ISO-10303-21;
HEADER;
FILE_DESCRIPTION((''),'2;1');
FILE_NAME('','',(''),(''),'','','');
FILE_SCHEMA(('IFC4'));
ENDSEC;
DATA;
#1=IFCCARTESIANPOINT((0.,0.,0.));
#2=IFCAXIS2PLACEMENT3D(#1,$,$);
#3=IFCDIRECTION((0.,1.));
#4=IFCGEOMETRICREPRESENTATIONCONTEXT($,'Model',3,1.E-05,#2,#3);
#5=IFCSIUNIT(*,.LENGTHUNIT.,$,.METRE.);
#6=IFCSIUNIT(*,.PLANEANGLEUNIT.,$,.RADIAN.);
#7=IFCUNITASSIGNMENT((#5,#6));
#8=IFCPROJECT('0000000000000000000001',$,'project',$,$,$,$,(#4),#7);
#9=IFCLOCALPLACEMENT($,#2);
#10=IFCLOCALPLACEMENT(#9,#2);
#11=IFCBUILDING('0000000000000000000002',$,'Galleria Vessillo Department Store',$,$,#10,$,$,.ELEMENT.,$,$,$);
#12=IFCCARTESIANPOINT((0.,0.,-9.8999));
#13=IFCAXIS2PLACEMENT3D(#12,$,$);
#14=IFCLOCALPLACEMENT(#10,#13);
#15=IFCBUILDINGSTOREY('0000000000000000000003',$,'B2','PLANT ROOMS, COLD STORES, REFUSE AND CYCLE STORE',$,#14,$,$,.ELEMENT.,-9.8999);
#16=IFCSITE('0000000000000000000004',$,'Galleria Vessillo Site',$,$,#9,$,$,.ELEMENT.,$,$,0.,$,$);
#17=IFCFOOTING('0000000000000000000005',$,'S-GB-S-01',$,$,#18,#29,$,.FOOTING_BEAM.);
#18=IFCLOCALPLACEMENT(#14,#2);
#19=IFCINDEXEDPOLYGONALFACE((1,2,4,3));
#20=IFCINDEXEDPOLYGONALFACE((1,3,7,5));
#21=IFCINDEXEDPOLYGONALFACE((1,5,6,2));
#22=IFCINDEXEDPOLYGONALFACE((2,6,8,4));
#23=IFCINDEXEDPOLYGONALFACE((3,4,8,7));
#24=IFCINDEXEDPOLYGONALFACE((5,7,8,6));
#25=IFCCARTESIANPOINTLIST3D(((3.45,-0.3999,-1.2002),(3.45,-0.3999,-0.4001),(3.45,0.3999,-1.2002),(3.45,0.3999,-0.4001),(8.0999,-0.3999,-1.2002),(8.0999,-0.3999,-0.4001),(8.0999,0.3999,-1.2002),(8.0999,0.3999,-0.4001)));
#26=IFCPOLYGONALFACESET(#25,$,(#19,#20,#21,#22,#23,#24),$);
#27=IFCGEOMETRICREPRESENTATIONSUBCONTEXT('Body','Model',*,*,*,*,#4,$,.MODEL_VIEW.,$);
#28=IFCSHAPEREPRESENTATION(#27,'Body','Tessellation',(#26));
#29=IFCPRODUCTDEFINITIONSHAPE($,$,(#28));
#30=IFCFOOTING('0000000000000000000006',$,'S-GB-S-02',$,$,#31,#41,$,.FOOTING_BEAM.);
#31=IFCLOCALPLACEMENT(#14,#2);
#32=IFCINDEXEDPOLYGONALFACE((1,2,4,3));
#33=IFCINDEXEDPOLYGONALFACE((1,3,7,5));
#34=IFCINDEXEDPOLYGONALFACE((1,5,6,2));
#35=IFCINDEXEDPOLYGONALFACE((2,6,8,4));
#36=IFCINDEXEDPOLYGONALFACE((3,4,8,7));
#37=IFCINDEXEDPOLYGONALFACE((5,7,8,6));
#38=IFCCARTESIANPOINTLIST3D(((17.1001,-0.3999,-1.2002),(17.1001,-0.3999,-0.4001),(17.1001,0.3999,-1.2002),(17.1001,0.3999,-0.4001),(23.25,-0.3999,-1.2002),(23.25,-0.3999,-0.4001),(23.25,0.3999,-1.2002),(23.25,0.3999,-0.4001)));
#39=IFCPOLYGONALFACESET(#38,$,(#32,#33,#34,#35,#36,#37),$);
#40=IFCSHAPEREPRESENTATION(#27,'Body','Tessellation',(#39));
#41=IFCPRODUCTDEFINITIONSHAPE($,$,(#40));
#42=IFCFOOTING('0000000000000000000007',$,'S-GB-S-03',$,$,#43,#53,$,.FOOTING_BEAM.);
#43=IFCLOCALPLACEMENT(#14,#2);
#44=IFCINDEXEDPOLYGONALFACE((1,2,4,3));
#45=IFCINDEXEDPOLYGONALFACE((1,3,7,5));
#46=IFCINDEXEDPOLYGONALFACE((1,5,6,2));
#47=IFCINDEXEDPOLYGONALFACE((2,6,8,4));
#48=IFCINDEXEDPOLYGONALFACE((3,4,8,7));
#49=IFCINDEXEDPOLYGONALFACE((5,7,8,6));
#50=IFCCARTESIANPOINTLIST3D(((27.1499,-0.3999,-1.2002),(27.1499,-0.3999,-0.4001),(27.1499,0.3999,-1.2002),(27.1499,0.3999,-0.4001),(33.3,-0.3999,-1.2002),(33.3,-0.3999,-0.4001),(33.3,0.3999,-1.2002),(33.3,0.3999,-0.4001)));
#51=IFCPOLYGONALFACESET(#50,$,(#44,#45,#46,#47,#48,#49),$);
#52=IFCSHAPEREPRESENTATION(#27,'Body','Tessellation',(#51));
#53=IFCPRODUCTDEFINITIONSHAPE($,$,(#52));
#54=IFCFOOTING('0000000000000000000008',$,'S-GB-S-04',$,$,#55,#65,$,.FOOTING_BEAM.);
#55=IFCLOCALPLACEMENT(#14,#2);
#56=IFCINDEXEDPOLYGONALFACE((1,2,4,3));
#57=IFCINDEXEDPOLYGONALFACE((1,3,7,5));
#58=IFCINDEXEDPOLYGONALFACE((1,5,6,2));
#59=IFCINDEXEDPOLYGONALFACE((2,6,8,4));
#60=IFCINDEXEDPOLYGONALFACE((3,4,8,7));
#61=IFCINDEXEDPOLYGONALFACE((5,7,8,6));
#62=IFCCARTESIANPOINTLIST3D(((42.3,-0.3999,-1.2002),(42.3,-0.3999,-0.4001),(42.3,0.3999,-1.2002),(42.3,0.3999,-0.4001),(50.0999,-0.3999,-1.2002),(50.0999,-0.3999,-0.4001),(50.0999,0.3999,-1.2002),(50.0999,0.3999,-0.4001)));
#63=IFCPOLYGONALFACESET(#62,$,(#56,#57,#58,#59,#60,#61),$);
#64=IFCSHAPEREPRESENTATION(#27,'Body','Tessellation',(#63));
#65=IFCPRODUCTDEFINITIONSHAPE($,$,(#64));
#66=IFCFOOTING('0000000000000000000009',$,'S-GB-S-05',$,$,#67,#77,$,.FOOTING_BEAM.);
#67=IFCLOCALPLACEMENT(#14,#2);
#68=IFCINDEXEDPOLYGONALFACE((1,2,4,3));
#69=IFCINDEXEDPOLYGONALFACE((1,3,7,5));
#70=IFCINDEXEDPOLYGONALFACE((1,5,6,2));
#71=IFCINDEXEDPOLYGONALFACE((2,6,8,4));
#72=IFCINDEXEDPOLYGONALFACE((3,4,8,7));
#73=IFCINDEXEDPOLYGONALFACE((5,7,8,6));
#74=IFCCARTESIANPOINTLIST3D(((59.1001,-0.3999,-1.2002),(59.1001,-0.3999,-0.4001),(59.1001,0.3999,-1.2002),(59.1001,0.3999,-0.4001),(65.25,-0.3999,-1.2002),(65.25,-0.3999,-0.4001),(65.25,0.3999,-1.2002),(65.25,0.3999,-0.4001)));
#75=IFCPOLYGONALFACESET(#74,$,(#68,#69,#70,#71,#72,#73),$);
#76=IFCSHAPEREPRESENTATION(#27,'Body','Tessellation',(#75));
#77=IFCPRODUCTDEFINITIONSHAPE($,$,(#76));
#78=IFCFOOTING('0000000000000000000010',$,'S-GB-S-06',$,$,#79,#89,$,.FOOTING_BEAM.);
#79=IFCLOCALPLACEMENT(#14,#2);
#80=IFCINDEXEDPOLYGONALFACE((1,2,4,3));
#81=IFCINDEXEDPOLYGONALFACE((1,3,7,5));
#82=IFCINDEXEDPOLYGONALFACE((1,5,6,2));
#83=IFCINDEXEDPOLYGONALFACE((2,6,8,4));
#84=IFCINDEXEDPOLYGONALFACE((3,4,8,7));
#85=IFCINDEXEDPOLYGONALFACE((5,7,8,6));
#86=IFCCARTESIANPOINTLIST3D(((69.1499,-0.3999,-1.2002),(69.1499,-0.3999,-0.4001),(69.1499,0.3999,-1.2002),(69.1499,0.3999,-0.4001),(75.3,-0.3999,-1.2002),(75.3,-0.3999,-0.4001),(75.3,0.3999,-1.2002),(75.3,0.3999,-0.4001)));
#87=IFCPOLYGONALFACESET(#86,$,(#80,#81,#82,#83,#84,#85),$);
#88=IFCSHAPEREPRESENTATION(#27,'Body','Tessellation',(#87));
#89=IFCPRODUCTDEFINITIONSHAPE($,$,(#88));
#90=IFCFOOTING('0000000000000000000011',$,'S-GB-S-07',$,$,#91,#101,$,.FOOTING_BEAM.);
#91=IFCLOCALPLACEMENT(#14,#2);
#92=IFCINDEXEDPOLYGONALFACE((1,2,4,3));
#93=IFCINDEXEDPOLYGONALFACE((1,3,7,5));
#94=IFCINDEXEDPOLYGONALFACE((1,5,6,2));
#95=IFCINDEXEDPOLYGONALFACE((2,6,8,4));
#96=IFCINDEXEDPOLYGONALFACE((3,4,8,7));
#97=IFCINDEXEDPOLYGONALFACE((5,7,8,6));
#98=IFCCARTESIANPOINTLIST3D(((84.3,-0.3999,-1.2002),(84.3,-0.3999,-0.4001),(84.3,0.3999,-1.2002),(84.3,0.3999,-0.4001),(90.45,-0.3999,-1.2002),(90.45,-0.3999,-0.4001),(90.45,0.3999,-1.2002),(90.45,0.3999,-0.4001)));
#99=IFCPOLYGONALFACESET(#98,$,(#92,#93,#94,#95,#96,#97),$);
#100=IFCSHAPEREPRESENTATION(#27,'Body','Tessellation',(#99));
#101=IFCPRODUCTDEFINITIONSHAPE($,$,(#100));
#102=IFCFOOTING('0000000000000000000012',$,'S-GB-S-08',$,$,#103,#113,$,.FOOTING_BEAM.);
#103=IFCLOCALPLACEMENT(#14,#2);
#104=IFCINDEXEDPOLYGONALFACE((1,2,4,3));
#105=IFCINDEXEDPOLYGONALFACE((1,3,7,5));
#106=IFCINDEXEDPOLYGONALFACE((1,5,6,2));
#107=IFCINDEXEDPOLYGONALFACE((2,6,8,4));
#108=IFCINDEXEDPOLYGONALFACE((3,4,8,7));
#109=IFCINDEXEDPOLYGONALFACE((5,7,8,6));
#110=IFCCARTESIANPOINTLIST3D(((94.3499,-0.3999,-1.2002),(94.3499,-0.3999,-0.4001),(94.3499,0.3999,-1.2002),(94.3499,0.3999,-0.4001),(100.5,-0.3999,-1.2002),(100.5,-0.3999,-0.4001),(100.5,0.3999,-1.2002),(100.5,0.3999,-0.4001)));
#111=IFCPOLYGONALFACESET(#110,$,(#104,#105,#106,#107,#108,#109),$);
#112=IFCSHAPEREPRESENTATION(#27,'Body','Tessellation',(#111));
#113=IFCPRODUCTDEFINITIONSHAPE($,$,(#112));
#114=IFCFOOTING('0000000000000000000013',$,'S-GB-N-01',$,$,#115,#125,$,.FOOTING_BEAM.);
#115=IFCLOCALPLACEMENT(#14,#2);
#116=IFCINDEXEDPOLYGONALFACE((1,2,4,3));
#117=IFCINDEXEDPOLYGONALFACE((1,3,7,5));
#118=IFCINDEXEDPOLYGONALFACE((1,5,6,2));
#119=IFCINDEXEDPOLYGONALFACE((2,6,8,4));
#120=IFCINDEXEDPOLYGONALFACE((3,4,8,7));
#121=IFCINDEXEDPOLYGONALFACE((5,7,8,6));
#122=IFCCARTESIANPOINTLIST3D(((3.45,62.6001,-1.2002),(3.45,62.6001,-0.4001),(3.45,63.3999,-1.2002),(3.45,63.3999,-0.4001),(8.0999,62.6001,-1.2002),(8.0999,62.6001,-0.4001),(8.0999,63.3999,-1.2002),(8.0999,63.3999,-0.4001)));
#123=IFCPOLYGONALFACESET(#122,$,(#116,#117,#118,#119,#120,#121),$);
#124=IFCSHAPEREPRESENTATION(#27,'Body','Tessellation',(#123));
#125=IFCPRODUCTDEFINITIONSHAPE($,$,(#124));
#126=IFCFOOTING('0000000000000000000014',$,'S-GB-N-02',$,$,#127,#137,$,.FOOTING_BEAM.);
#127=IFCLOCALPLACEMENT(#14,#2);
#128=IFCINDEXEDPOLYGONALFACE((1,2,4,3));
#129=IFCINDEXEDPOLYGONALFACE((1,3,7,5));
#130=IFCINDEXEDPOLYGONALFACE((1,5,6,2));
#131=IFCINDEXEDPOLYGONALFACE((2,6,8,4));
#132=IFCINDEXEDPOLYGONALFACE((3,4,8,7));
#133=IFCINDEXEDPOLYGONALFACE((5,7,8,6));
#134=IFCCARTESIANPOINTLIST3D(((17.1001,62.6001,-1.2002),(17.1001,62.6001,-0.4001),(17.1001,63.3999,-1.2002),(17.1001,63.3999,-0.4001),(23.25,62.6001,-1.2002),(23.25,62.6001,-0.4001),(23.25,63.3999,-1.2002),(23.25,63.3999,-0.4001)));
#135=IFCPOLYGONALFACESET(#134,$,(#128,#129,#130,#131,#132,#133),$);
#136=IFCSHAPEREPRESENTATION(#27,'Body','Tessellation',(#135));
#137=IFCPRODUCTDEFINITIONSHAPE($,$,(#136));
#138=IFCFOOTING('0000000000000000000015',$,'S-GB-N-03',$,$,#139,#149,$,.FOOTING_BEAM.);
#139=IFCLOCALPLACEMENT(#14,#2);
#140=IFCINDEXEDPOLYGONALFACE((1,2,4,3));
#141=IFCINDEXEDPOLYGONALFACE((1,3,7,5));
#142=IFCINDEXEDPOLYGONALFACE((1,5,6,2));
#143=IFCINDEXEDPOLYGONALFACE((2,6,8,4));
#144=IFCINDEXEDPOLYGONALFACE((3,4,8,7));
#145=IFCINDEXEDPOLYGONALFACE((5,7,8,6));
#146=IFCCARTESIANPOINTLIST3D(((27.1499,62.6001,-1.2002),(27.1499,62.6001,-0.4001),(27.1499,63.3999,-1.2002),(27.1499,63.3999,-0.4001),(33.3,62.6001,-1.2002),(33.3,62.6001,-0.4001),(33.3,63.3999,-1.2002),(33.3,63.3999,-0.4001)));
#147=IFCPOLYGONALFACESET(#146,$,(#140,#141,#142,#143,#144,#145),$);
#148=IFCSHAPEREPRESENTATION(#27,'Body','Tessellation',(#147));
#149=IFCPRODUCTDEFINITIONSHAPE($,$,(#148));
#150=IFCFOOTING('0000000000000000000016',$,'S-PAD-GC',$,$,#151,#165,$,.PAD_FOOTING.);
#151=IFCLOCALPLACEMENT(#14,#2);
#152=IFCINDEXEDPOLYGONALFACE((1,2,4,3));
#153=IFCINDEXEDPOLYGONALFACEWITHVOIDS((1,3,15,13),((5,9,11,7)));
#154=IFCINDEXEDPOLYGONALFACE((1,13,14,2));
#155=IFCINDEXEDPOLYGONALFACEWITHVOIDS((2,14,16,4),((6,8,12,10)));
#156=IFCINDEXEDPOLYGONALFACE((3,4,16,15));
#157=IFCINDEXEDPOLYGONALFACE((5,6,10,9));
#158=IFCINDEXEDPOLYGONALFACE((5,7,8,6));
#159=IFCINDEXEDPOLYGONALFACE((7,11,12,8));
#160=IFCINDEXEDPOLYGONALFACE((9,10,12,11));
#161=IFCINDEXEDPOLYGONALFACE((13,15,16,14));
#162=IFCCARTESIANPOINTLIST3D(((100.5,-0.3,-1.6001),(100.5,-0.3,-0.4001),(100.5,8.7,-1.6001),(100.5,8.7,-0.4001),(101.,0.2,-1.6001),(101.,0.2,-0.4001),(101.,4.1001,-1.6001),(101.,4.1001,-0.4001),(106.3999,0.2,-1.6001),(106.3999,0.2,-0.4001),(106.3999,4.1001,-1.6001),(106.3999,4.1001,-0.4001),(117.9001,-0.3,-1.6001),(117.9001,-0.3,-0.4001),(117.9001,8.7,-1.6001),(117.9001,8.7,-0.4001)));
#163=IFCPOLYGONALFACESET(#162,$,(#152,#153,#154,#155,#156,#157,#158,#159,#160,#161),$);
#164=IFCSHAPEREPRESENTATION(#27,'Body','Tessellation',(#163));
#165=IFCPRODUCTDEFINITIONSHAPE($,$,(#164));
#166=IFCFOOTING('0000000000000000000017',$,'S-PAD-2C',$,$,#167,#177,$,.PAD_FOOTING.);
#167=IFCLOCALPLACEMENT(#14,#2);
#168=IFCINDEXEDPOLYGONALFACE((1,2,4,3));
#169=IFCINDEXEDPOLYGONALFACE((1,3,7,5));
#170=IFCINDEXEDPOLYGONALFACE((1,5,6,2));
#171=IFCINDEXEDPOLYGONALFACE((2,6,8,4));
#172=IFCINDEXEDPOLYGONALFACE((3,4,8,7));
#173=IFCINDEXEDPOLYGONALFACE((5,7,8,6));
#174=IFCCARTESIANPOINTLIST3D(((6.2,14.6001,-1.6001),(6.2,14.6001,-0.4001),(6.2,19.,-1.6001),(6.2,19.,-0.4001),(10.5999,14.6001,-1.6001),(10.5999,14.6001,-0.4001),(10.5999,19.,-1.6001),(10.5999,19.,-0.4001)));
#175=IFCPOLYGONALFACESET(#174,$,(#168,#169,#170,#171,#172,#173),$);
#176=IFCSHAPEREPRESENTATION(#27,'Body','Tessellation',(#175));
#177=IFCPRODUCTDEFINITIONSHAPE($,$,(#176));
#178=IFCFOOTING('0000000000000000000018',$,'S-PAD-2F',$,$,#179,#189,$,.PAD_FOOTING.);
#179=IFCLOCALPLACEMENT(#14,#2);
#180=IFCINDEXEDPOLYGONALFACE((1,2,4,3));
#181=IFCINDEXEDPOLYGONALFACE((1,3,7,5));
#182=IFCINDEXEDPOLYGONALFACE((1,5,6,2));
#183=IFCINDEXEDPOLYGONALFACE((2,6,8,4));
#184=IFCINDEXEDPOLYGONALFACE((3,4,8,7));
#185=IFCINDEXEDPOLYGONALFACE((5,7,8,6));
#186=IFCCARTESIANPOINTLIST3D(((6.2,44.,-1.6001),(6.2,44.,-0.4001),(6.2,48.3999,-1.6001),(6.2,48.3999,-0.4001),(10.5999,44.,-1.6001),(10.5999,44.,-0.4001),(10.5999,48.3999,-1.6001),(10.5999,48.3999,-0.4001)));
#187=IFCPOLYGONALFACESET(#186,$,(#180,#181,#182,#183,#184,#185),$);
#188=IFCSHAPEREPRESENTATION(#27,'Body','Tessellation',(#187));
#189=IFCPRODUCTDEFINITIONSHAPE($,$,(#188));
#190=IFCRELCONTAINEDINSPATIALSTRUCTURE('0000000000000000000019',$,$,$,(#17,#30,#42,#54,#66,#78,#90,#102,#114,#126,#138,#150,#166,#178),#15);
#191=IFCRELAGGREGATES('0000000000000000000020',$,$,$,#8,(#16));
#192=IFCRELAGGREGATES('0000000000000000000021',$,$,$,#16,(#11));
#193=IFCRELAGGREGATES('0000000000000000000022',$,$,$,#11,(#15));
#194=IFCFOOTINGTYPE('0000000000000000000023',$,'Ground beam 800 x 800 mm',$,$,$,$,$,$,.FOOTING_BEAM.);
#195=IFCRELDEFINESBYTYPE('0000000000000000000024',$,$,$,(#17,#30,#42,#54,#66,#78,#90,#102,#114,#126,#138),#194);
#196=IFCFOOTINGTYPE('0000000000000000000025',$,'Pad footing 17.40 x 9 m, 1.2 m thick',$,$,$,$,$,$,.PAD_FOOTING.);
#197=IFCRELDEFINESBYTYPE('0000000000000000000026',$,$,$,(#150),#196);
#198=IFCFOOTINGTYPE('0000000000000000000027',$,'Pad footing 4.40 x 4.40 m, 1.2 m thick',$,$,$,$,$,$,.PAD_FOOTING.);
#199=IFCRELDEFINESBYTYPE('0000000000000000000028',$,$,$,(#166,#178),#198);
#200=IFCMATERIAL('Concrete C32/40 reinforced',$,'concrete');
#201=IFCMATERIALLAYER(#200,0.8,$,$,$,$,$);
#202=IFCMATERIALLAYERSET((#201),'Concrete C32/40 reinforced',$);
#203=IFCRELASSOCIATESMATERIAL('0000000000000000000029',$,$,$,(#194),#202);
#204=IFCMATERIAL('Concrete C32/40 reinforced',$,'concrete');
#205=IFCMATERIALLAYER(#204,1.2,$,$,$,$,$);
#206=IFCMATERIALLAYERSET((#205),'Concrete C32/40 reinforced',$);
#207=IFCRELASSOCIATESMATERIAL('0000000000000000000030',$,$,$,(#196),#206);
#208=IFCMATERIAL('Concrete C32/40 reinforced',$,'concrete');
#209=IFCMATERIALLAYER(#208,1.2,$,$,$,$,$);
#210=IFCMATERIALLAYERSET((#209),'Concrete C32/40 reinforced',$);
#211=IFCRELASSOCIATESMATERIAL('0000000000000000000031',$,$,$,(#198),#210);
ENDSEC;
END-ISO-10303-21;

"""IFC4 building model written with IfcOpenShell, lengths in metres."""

from ifc_helpers import new_model, si_unit, direction, frame, origin, place, context, subcontext, project, spatial, polyline, outline, extrude, material, layer, layer_set, type_object, element, save


model = new_model("IFC4")

# Units and contexts
model_context = context("Model", 3, precision=1e-05, world=origin(), true_north=direction((0.0, 1.0)))
body_context = subcontext(model_context, "Body", "Model", "MODEL_VIEW")
ifc_project = project(units=[si_unit("LENGTHUNIT", "METRE"), si_unit("PLANEANGLEUNIT", "RADIAN")], contexts=[model_context])

# Site, building, storey
site_placement = place(None, origin())
site = spatial("IfcSite", under=ifc_project, at=site_placement, Name="Galleria Vessillo Site", CompositionType="ELEMENT", RefElevation=0.0)
building_placement = place(site_placement, origin())
building = spatial("IfcBuilding", under=site, at=building_placement, Name="Galleria Vessillo Department Store", CompositionType="ELEMENT")
storey_placement = place(building_placement, frame((0.0, 0.0, -9.8999)))
storey = spatial("IfcBuildingStorey", under=building, at=storey_placement, Name="B2", Description="PLANT ROOMS, COLD STORES, REFUSE AND CYCLE STORE", CompositionType="ELEMENT", Elevation=-9.8999)

# Footings
ifc_material_1 = material(Name="Concrete C32/40 reinforced", Category="concrete")
ifc_layer_1 = layer(ifc_material_1, 0.8)
ifc_layer_set_1 = layer_set([ifc_layer_1], Name="Concrete C32/40 reinforced")
footing_type_1 = type_object("IfcFootingType", Name="Ground beam 800 x 800 mm", PredefinedType="FOOTING_BEAM", material=ifc_layer_set_1)
footing_1_placement = place(storey_placement, frame((0.0, 0.0, -1.2002)))
element("IfcFooting", 1, at=footing_1_placement, inside=storey, type_object=footing_type_1, Name="S-GB-S-01", PredefinedType="FOOTING_BEAM", context=body_context, shape_type="SweptSolid", body=[
    extrude(outline(polyline([(3.45, -0.3999), (8.0999, -0.3999), (8.0999, 0.3999), (3.45, 0.3999), (3.45, -0.3999)])), origin(), (0.0, 0.0, 1.0), 0.8),
])
footing_2_placement = place(storey_placement, frame((0.0, 0.0, -1.2002)))
element("IfcFooting", 2, at=footing_2_placement, inside=storey, type_object=footing_type_1, Name="S-GB-S-02", PredefinedType="FOOTING_BEAM", context=body_context, shape_type="SweptSolid", body=[
    extrude(outline(polyline([(17.1001, -0.3999), (23.25, -0.3999), (23.25, 0.3999), (17.1001, 0.3999), (17.1001, -0.3999)])), origin(), (0.0, 0.0, 1.0), 0.8),
])
footing_3_placement = place(storey_placement, frame((0.0, 0.0, -1.2002)))
element("IfcFooting", 3, at=footing_3_placement, inside=storey, type_object=footing_type_1, Name="S-GB-S-03", PredefinedType="FOOTING_BEAM", context=body_context, shape_type="SweptSolid", body=[
    extrude(outline(polyline([(27.1499, -0.3999), (33.3, -0.3999), (33.3, 0.3999), (27.1499, 0.3999), (27.1499, -0.3999)])), origin(), (0.0, 0.0, 1.0), 0.8),
])
footing_4_placement = place(storey_placement, frame((0.0, 0.0, -1.2002)))
element("IfcFooting", 4, at=footing_4_placement, inside=storey, type_object=footing_type_1, Name="S-GB-S-04", PredefinedType="FOOTING_BEAM", context=body_context, shape_type="SweptSolid", body=[
    extrude(outline(polyline([(42.3, -0.3999), (50.0999, -0.3999), (50.0999, 0.3999), (42.3, 0.3999), (42.3, -0.3999)])), origin(), (0.0, 0.0, 1.0), 0.8),
])
footing_5_placement = place(storey_placement, frame((0.0, 0.0, -1.2002)))
element("IfcFooting", 5, at=footing_5_placement, inside=storey, type_object=footing_type_1, Name="S-GB-S-05", PredefinedType="FOOTING_BEAM", context=body_context, shape_type="SweptSolid", body=[
    extrude(outline(polyline([(59.1001, -0.3999), (65.25, -0.3999), (65.25, 0.3999), (59.1001, 0.3999), (59.1001, -0.3999)])), origin(), (0.0, 0.0, 1.0), 0.8),
])
footing_6_placement = place(storey_placement, frame((0.0, 0.0, -1.2002)))
element("IfcFooting", 6, at=footing_6_placement, inside=storey, type_object=footing_type_1, Name="S-GB-S-06", PredefinedType="FOOTING_BEAM", context=body_context, shape_type="SweptSolid", body=[
    extrude(outline(polyline([(69.1499, -0.3999), (75.3, -0.3999), (75.3, 0.3999), (69.1499, 0.3999), (69.1499, -0.3999)])), origin(), (0.0, 0.0, 1.0), 0.8),
])
footing_7_placement = place(storey_placement, frame((0.0, 0.0, -1.2002)))
element("IfcFooting", 7, at=footing_7_placement, inside=storey, type_object=footing_type_1, Name="S-GB-S-07", PredefinedType="FOOTING_BEAM", context=body_context, shape_type="SweptSolid", body=[
    extrude(outline(polyline([(84.3, -0.3999), (90.45, -0.3999), (90.45, 0.3999), (84.3, 0.3999), (84.3, -0.3999)])), origin(), (0.0, 0.0, 1.0), 0.8),
])
footing_8_placement = place(storey_placement, frame((0.0, 0.0, -1.2002)))
element("IfcFooting", 8, at=footing_8_placement, inside=storey, type_object=footing_type_1, Name="S-GB-S-08", PredefinedType="FOOTING_BEAM", context=body_context, shape_type="SweptSolid", body=[
    extrude(outline(polyline([(94.3499, -0.3999), (100.5, -0.3999), (100.5, 0.3999), (94.3499, 0.3999), (94.3499, -0.3999)])), origin(), (0.0, 0.0, 1.0), 0.8),
])
footing_9_placement = place(storey_placement, frame((0.0, 0.0, -1.2002)))
element("IfcFooting", 9, at=footing_9_placement, inside=storey, type_object=footing_type_1, Name="S-GB-N-01", PredefinedType="FOOTING_BEAM", context=body_context, shape_type="SweptSolid", body=[
    extrude(outline(polyline([(3.45, 62.6001), (8.0999, 62.6001), (8.0999, 63.3999), (3.45, 63.3999), (3.45, 62.6001)])), origin(), (0.0, 0.0, 1.0), 0.8),
])
footing_10_placement = place(storey_placement, frame((0.0, 0.0, -1.2002)))
element("IfcFooting", 10, at=footing_10_placement, inside=storey, type_object=footing_type_1, Name="S-GB-N-02", PredefinedType="FOOTING_BEAM", context=body_context, shape_type="SweptSolid", body=[
    extrude(outline(polyline([(17.1001, 62.6001), (23.25, 62.6001), (23.25, 63.3999), (17.1001, 63.3999), (17.1001, 62.6001)])), origin(), (0.0, 0.0, 1.0), 0.8),
])
footing_11_placement = place(storey_placement, frame((0.0, 0.0, -1.2002)))
element("IfcFooting", 11, at=footing_11_placement, inside=storey, type_object=footing_type_1, Name="S-GB-N-03", PredefinedType="FOOTING_BEAM", context=body_context, shape_type="SweptSolid", body=[
    extrude(outline(polyline([(27.1499, 62.6001), (33.3, 62.6001), (33.3, 63.3999), (27.1499, 63.3999), (27.1499, 62.6001)])), origin(), (0.0, 0.0, 1.0), 0.8),
])
ifc_material_2 = material(Name="Concrete C32/40 reinforced", Category="concrete")
ifc_layer_2 = layer(ifc_material_2, 1.2)
ifc_layer_set_2 = layer_set([ifc_layer_2], Name="Concrete C32/40 reinforced")
footing_type_2 = type_object("IfcFootingType", Name="Pad footing 17.40 x 9 m, 1.2 m thick", PredefinedType="PAD_FOOTING", material=ifc_layer_set_2)
footing_12_placement = place(storey_placement, frame((0.0, 0.0, -1.6001)))
element("IfcFooting", 12, at=footing_12_placement, inside=storey, type_object=footing_type_2, Name="S-PAD-GC", PredefinedType="PAD_FOOTING", context=body_context, shape_type="SweptSolid", body=[
    extrude(outline(polyline([(100.5, -0.3), (117.9001, -0.3), (117.9001, 8.7), (100.5, 8.7), (100.5, -0.3)]), holes=[polyline([(101.0, 0.2), (106.3999, 0.2), (106.3999, 4.1001), (101.0, 4.1001), (101.0, 0.2)])]), origin(), (0.0, 0.0, 1.0), 1.2),
])
ifc_material_3 = material(Name="Concrete C32/40 reinforced", Category="concrete")
ifc_layer_3 = layer(ifc_material_3, 1.2)
ifc_layer_set_3 = layer_set([ifc_layer_3], Name="Concrete C32/40 reinforced")
footing_type_3 = type_object("IfcFootingType", Name="Pad footing 4.40 x 4.40 m, 1.2 m thick", PredefinedType="PAD_FOOTING", material=ifc_layer_set_3)
footing_13_placement = place(storey_placement, frame((0.0, 0.0, -1.6001)))
element("IfcFooting", 13, at=footing_13_placement, inside=storey, type_object=footing_type_3, Name="S-PAD-2C", PredefinedType="PAD_FOOTING", context=body_context, shape_type="SweptSolid", body=[
    extrude(outline(polyline([(6.2, 14.6001), (10.5999, 14.6001), (10.5999, 19.0), (6.2, 19.0), (6.2, 14.6001)])), origin(), (0.0, 0.0, 1.0), 1.2),
])
footing_14_placement = place(storey_placement, frame((0.0, 0.0, -1.6001)))
element("IfcFooting", 14, at=footing_14_placement, inside=storey, type_object=footing_type_3, Name="S-PAD-2F", PredefinedType="PAD_FOOTING", context=body_context, shape_type="SweptSolid", body=[
    extrude(outline(polyline([(6.2, 44.0), (10.5999, 44.0), (10.5999, 48.3999), (6.2, 48.3999), (6.2, 44.0)])), origin(), (0.0, 0.0, 1.0), 1.2),
])

save(model, "model.ifc")
